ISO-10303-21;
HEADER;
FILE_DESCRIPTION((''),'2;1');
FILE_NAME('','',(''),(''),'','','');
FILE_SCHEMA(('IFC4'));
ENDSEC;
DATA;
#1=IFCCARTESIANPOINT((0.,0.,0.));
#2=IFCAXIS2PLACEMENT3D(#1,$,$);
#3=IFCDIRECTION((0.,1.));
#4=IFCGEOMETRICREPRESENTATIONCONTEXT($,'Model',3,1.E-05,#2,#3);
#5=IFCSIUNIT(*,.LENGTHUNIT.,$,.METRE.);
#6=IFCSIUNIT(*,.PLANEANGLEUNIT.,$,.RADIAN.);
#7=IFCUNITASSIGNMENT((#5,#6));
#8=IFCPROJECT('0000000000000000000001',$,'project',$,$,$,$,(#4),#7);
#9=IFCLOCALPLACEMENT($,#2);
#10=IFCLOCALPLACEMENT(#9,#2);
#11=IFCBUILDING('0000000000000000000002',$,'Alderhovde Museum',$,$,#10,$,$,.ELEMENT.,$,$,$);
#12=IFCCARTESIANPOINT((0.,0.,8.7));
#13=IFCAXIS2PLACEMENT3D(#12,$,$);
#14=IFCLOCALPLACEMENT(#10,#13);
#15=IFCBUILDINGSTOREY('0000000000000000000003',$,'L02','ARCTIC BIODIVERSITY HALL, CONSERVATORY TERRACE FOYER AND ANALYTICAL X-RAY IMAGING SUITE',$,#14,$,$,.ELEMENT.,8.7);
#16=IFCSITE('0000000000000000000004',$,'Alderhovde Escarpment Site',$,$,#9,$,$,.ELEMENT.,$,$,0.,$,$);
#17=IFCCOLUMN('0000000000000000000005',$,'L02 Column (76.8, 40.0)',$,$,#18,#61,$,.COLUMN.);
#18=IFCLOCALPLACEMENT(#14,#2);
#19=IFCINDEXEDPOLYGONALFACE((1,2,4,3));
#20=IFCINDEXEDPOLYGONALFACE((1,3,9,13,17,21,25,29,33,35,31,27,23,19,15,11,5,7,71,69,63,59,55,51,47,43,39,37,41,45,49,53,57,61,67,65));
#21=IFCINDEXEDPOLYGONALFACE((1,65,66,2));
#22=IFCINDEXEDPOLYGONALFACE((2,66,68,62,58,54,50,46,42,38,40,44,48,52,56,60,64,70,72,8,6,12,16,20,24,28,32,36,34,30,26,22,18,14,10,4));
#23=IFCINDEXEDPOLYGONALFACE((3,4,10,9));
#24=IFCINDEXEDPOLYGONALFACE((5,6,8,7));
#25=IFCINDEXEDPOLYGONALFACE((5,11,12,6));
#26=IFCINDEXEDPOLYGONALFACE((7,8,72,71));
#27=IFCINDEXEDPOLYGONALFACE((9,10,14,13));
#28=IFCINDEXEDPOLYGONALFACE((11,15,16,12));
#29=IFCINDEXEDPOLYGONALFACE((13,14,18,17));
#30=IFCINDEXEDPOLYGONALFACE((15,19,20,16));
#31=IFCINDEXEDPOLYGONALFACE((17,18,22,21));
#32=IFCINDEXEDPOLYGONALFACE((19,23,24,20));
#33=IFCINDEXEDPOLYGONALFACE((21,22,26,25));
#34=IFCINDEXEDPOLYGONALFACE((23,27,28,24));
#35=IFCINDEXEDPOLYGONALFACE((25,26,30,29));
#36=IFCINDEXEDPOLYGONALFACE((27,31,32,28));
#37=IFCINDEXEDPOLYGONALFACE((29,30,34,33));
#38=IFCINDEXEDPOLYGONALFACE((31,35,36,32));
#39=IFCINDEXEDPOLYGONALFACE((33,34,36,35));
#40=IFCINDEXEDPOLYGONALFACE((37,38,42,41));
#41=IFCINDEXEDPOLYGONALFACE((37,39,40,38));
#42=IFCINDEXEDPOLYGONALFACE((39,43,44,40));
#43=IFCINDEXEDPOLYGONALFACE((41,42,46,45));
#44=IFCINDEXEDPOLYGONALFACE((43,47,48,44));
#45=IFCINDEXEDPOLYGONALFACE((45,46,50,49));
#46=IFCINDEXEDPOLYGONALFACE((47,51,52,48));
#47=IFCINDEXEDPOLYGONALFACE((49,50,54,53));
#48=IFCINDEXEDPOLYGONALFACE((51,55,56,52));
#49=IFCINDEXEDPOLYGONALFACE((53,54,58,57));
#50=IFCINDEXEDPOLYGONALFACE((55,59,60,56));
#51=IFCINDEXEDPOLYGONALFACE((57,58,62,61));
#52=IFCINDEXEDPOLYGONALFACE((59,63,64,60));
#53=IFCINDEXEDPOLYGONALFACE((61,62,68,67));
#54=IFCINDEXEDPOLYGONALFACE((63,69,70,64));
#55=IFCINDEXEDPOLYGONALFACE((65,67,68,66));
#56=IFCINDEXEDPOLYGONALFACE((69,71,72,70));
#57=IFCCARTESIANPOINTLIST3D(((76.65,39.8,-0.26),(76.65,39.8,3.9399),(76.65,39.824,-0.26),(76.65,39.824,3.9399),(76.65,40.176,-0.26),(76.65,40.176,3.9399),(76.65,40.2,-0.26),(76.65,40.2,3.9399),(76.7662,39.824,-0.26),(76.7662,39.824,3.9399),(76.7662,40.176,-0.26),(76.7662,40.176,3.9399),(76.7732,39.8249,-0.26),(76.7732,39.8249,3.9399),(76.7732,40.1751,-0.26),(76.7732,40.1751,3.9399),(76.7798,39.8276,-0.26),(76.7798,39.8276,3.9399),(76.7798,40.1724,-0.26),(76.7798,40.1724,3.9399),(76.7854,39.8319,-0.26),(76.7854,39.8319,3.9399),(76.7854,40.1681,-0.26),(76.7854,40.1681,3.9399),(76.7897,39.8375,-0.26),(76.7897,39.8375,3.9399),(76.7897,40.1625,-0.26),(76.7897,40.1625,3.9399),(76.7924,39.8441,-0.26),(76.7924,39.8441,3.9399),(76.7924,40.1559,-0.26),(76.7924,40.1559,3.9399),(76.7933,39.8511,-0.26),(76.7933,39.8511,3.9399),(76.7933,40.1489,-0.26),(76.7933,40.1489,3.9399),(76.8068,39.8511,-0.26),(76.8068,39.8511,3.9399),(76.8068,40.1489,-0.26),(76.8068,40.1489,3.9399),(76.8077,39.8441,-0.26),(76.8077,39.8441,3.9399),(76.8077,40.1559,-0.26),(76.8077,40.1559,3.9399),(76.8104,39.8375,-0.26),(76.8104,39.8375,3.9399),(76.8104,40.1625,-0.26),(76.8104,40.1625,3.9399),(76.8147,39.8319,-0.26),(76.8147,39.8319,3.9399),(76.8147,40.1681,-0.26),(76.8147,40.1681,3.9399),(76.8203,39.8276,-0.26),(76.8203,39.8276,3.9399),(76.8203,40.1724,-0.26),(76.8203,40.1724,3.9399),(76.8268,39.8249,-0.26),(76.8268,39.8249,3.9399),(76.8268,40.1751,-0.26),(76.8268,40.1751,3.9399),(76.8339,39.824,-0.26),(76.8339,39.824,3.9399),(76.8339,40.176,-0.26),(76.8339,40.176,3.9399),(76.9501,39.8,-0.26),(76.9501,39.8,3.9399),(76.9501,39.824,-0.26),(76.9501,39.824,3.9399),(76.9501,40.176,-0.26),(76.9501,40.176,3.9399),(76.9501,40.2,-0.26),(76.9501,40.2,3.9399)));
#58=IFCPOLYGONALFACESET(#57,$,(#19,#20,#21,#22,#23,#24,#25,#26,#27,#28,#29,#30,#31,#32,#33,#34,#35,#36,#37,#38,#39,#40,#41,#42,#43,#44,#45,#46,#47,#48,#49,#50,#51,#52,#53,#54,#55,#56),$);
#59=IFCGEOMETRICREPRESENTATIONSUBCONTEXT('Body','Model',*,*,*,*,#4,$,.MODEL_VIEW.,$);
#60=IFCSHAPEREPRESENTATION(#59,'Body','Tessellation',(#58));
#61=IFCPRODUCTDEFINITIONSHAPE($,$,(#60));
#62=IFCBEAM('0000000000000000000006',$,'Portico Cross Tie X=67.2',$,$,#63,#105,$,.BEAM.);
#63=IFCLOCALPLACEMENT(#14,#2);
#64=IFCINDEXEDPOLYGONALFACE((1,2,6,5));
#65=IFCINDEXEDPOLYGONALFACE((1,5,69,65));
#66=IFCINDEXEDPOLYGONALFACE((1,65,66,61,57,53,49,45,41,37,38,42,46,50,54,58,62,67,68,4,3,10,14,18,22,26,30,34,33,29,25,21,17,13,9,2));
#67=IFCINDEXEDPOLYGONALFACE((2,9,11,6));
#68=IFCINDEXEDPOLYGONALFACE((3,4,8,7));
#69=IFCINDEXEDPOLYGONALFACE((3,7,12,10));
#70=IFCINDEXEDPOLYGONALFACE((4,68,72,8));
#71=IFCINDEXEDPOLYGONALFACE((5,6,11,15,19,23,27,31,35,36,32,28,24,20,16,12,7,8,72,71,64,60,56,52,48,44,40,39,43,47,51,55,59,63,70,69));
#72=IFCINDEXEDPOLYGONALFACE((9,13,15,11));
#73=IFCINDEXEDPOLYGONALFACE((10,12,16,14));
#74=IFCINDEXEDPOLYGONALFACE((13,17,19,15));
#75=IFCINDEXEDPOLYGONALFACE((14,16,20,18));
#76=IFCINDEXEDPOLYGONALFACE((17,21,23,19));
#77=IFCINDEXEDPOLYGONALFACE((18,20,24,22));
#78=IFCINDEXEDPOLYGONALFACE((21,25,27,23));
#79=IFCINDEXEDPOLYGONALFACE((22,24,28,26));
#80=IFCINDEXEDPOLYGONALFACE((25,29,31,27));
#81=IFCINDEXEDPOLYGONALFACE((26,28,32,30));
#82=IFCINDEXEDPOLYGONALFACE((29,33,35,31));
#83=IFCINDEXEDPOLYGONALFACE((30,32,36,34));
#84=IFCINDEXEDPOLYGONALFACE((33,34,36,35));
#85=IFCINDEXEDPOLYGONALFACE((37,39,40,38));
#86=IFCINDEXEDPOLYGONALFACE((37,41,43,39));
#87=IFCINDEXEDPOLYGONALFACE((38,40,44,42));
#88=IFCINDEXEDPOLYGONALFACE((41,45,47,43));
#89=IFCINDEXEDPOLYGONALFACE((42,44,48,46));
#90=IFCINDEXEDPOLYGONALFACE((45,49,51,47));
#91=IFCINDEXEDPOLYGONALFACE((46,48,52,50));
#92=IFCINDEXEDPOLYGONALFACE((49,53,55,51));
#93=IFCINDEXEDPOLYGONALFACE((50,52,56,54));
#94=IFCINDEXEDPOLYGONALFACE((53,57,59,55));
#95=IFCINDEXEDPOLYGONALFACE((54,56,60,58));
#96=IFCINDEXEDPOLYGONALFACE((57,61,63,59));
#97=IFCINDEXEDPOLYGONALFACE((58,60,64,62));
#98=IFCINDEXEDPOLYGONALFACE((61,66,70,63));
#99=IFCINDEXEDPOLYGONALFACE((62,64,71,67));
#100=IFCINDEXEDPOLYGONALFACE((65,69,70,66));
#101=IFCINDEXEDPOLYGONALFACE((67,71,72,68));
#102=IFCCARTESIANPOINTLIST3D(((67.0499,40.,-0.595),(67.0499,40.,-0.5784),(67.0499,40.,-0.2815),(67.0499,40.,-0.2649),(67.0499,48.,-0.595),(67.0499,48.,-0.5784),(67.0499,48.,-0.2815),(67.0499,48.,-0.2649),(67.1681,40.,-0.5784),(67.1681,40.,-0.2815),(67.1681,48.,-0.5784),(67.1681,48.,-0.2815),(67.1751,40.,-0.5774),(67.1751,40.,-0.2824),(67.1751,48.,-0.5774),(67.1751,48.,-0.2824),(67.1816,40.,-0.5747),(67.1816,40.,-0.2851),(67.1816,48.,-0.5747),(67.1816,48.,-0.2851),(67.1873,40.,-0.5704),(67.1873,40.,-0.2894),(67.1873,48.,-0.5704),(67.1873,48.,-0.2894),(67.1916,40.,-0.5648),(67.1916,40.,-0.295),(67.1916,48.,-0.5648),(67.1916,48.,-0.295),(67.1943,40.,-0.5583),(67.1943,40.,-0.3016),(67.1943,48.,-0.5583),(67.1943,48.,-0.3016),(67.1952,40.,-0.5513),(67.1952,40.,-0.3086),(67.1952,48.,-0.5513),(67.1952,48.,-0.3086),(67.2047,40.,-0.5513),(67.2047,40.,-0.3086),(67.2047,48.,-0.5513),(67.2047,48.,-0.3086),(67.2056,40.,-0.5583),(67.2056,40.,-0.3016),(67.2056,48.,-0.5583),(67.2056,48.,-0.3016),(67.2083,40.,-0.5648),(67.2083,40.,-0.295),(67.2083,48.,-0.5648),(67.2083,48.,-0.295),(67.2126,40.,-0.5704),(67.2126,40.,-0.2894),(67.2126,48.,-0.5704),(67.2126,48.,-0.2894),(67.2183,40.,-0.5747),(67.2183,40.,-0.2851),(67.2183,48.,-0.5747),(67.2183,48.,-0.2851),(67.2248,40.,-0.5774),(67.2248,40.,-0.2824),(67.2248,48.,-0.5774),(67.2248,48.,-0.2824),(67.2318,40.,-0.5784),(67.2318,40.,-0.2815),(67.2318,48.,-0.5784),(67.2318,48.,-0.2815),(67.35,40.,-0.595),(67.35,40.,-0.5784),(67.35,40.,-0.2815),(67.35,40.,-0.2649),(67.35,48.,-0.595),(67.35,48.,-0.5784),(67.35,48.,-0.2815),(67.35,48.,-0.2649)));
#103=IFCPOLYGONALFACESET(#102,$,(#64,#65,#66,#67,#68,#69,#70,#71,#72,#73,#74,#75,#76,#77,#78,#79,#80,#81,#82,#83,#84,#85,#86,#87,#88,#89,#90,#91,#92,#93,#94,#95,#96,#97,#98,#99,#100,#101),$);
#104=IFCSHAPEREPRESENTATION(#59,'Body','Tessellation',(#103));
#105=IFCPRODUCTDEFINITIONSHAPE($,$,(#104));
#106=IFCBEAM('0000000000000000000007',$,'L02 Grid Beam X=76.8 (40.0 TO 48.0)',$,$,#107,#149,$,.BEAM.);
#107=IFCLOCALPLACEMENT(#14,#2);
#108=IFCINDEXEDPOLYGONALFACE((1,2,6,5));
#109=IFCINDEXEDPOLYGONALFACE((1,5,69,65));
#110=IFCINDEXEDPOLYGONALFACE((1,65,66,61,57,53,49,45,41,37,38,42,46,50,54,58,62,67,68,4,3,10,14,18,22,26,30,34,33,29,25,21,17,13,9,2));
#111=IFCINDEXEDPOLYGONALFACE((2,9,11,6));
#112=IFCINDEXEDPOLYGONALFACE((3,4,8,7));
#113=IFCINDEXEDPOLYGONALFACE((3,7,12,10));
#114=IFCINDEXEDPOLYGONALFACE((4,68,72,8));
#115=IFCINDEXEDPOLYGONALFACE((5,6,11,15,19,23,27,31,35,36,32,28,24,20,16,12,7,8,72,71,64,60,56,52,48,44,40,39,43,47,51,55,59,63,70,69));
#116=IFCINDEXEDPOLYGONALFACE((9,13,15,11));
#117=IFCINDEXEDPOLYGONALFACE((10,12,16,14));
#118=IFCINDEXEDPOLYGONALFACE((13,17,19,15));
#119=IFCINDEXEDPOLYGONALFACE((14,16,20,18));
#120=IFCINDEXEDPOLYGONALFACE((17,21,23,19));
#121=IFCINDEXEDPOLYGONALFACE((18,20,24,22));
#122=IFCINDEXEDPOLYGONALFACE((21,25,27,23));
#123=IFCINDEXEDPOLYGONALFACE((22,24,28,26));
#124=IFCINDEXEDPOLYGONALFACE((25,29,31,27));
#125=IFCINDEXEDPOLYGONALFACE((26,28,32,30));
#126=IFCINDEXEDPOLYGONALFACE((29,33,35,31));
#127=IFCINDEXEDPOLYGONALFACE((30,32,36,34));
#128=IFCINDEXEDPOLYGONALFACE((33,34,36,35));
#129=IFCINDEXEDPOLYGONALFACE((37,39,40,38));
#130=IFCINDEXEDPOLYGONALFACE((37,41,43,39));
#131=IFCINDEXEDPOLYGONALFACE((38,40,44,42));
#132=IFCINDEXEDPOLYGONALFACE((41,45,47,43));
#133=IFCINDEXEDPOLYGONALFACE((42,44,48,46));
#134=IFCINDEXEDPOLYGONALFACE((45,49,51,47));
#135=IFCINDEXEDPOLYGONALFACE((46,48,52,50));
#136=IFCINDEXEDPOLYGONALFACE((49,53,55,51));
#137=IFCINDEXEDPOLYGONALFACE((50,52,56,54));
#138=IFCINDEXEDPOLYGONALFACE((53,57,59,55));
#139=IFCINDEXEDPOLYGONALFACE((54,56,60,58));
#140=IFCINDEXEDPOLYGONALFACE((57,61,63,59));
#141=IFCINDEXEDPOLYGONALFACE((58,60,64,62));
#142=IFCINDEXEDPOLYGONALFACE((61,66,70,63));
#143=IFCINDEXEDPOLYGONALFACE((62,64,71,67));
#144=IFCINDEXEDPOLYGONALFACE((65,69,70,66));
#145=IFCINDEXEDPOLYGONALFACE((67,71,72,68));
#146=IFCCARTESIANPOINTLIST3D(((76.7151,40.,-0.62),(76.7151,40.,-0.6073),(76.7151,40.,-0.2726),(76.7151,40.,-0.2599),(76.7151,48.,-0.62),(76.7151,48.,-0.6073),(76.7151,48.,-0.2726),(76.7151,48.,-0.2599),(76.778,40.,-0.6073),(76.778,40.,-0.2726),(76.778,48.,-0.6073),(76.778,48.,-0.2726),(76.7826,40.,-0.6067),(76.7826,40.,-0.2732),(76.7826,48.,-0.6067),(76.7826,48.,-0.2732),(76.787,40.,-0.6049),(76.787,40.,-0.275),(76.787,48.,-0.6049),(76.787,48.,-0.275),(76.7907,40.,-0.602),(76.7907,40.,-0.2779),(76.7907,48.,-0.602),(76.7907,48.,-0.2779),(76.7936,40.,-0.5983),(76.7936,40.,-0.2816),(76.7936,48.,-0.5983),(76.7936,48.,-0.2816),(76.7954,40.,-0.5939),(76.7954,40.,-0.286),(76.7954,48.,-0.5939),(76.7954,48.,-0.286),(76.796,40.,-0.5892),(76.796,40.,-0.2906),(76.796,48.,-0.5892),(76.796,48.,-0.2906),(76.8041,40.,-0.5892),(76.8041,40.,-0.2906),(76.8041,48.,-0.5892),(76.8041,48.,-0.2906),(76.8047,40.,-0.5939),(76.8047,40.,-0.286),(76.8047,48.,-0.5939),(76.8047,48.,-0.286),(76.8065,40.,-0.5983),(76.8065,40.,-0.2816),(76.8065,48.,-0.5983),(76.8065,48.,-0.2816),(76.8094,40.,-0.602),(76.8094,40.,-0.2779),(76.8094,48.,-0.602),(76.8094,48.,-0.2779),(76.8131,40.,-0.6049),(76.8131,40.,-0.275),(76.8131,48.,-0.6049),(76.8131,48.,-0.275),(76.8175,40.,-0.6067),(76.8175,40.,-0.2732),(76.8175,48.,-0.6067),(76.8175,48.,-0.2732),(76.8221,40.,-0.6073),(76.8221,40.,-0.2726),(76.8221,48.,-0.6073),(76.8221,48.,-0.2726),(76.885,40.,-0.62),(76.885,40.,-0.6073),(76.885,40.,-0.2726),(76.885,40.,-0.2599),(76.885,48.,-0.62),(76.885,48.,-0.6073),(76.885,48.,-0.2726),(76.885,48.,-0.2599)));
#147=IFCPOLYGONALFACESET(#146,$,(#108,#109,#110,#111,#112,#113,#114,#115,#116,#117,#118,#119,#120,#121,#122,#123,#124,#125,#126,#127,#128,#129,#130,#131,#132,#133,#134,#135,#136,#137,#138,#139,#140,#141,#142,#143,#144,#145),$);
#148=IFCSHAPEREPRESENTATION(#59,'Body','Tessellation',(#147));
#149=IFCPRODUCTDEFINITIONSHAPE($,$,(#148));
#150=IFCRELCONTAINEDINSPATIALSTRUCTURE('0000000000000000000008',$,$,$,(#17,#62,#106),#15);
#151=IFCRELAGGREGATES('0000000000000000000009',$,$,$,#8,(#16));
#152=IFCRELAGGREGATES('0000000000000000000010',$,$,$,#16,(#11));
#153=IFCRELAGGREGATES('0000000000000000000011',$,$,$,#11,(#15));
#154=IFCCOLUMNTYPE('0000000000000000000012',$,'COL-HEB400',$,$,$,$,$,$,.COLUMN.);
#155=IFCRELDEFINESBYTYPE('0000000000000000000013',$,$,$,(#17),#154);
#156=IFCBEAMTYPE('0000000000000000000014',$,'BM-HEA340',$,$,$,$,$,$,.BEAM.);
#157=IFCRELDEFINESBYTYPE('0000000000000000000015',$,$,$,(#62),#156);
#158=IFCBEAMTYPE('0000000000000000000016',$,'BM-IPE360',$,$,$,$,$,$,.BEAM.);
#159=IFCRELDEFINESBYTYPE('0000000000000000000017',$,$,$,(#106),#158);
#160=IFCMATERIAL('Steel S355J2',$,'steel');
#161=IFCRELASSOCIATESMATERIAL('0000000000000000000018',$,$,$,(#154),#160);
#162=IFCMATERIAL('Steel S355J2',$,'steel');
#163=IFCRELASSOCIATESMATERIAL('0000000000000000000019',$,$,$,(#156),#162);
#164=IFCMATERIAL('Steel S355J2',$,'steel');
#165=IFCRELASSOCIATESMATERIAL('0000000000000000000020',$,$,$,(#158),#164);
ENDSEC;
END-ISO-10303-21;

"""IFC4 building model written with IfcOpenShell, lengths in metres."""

from ifc_helpers import new_model, si_unit, direction, frame, origin, origin_2d, place, context, subcontext, project, spatial, i_section, extrude, material, material_profile, profile_set, type_object, element, save


model = new_model("IFC4")

# Units and contexts
model_context = context("Model", 3, precision=1e-05, world=origin(), true_north=direction((0.0, 1.0)))
body_context = subcontext(model_context, "Body", "Model", "MODEL_VIEW")
ifc_project = project(units=[si_unit("LENGTHUNIT", "METRE"), si_unit("PLANEANGLEUNIT", "RADIAN")], contexts=[model_context])

# Site, building, storey
site_placement = place(None, origin())
site = spatial("IfcSite", under=ifc_project, at=site_placement, Name="Alderhovde Escarpment Site", CompositionType="ELEMENT", RefElevation=0.0)
building_placement = place(site_placement, origin())
building = spatial("IfcBuilding", under=site, at=building_placement, Name="Alderhovde Museum", CompositionType="ELEMENT")
storey_placement = place(building_placement, frame((0.0, 0.0, 8.7)))
storey = spatial("IfcBuildingStorey", under=building, at=storey_placement, Name="L02", Description="ARCTIC BIODIVERSITY HALL, CONSERVATORY TERRACE FOYER AND ANALYTICAL X-RAY IMAGING SUITE", CompositionType="ELEMENT", Elevation=8.7)

# Column
ifc_material_1 = material(Name="Steel S355J2", Category="steel")
ifc_material_profile_1 = material_profile(ifc_material_1, i_section(OverallWidth=0.3, OverallDepth=0.3999, WebThickness=0.0134, FlangeThickness=0.0239, FilletRadius=0.0271, at=origin_2d()), Name="HEB 400")
ifc_profile_set_1 = profile_set([ifc_material_profile_1], Name="Steel S355J2")
column_type = type_object("IfcColumnType", Name="COL-HEB400", PredefinedType="COLUMN", material=ifc_profile_set_1)
column_placement = place(storey_placement, frame((76.8, 40.0, -0.26), z_axis=(0.0, 0.0, 1.0), x_axis=(1.0, 0.0, 0.0)))
element("IfcColumn", 1, at=column_placement, inside=storey, type_object=column_type, Name="L02 Column (76.8, 40.0)", PredefinedType="COLUMN", context=body_context, shape_type="SweptSolid", body=[
    extrude(i_section(OverallWidth=0.3, OverallDepth=0.3999, WebThickness=0.0134, FlangeThickness=0.0239, FilletRadius=0.0271, at=origin_2d()), origin(), (0.0, 0.0, 1.0), 4.2),
])

# Beams
ifc_material_2 = material(Name="Steel S355J2", Category="steel")
ifc_material_profile_2 = material_profile(ifc_material_2, i_section(OverallWidth=0.3, OverallDepth=0.3301, WebThickness=0.0095, FlangeThickness=0.0166, FilletRadius=0.0271, at=origin_2d()), Name="HEA 340")
ifc_profile_set_2 = profile_set([ifc_material_profile_2], Name="Steel S355J2")
beam_type_1 = type_object("IfcBeamType", Name="BM-HEA340", PredefinedType="BEAM", material=ifc_profile_set_2)
beam_1_placement = place(storey_placement, frame((67.2, 40.0, -0.4299), z_axis=(0.0, 1.0, 0.0), x_axis=(-1.0, 0.0, 0.0)))
element("IfcBeam", 2, at=beam_1_placement, inside=storey, type_object=beam_type_1, Name="Portico Cross Tie X=67.2", PredefinedType="BEAM", context=body_context, shape_type="SweptSolid", body=[
    extrude(i_section(OverallWidth=0.3, OverallDepth=0.3301, WebThickness=0.0095, FlangeThickness=0.0166, FilletRadius=0.0271, at=origin_2d()), origin(), (0.0, 0.0, 1.0), 8.0),
])
ifc_material_3 = material(Name="Steel S355J2", Category="steel")
ifc_material_profile_3 = material_profile(ifc_material_3, i_section(OverallWidth=0.1699, OverallDepth=0.3601, WebThickness=0.0081, FlangeThickness=0.0127, FilletRadius=0.0181, at=origin_2d()), Name="IPE 360")
ifc_profile_set_3 = profile_set([ifc_material_profile_3], Name="Steel S355J2")
beam_type_2 = type_object("IfcBeamType", Name="BM-IPE360", PredefinedType="BEAM", material=ifc_profile_set_3)
beam_2_placement = place(storey_placement, frame((76.8, 40.0, -0.4399), z_axis=(0.0, 1.0, 0.0), x_axis=(-1.0, 0.0, 0.0)))
element("IfcBeam", 3, at=beam_2_placement, inside=storey, type_object=beam_type_2, Name="L02 Grid Beam X=76.8 (40.0 TO 48.0)", PredefinedType="BEAM", context=body_context, shape_type="SweptSolid", body=[
    extrude(i_section(OverallWidth=0.1699, OverallDepth=0.3601, WebThickness=0.0081, FlangeThickness=0.0127, FilletRadius=0.0181, at=origin_2d()), origin(), (0.0, 0.0, 1.0), 8.0),
])

save(model, "model.ifc")
